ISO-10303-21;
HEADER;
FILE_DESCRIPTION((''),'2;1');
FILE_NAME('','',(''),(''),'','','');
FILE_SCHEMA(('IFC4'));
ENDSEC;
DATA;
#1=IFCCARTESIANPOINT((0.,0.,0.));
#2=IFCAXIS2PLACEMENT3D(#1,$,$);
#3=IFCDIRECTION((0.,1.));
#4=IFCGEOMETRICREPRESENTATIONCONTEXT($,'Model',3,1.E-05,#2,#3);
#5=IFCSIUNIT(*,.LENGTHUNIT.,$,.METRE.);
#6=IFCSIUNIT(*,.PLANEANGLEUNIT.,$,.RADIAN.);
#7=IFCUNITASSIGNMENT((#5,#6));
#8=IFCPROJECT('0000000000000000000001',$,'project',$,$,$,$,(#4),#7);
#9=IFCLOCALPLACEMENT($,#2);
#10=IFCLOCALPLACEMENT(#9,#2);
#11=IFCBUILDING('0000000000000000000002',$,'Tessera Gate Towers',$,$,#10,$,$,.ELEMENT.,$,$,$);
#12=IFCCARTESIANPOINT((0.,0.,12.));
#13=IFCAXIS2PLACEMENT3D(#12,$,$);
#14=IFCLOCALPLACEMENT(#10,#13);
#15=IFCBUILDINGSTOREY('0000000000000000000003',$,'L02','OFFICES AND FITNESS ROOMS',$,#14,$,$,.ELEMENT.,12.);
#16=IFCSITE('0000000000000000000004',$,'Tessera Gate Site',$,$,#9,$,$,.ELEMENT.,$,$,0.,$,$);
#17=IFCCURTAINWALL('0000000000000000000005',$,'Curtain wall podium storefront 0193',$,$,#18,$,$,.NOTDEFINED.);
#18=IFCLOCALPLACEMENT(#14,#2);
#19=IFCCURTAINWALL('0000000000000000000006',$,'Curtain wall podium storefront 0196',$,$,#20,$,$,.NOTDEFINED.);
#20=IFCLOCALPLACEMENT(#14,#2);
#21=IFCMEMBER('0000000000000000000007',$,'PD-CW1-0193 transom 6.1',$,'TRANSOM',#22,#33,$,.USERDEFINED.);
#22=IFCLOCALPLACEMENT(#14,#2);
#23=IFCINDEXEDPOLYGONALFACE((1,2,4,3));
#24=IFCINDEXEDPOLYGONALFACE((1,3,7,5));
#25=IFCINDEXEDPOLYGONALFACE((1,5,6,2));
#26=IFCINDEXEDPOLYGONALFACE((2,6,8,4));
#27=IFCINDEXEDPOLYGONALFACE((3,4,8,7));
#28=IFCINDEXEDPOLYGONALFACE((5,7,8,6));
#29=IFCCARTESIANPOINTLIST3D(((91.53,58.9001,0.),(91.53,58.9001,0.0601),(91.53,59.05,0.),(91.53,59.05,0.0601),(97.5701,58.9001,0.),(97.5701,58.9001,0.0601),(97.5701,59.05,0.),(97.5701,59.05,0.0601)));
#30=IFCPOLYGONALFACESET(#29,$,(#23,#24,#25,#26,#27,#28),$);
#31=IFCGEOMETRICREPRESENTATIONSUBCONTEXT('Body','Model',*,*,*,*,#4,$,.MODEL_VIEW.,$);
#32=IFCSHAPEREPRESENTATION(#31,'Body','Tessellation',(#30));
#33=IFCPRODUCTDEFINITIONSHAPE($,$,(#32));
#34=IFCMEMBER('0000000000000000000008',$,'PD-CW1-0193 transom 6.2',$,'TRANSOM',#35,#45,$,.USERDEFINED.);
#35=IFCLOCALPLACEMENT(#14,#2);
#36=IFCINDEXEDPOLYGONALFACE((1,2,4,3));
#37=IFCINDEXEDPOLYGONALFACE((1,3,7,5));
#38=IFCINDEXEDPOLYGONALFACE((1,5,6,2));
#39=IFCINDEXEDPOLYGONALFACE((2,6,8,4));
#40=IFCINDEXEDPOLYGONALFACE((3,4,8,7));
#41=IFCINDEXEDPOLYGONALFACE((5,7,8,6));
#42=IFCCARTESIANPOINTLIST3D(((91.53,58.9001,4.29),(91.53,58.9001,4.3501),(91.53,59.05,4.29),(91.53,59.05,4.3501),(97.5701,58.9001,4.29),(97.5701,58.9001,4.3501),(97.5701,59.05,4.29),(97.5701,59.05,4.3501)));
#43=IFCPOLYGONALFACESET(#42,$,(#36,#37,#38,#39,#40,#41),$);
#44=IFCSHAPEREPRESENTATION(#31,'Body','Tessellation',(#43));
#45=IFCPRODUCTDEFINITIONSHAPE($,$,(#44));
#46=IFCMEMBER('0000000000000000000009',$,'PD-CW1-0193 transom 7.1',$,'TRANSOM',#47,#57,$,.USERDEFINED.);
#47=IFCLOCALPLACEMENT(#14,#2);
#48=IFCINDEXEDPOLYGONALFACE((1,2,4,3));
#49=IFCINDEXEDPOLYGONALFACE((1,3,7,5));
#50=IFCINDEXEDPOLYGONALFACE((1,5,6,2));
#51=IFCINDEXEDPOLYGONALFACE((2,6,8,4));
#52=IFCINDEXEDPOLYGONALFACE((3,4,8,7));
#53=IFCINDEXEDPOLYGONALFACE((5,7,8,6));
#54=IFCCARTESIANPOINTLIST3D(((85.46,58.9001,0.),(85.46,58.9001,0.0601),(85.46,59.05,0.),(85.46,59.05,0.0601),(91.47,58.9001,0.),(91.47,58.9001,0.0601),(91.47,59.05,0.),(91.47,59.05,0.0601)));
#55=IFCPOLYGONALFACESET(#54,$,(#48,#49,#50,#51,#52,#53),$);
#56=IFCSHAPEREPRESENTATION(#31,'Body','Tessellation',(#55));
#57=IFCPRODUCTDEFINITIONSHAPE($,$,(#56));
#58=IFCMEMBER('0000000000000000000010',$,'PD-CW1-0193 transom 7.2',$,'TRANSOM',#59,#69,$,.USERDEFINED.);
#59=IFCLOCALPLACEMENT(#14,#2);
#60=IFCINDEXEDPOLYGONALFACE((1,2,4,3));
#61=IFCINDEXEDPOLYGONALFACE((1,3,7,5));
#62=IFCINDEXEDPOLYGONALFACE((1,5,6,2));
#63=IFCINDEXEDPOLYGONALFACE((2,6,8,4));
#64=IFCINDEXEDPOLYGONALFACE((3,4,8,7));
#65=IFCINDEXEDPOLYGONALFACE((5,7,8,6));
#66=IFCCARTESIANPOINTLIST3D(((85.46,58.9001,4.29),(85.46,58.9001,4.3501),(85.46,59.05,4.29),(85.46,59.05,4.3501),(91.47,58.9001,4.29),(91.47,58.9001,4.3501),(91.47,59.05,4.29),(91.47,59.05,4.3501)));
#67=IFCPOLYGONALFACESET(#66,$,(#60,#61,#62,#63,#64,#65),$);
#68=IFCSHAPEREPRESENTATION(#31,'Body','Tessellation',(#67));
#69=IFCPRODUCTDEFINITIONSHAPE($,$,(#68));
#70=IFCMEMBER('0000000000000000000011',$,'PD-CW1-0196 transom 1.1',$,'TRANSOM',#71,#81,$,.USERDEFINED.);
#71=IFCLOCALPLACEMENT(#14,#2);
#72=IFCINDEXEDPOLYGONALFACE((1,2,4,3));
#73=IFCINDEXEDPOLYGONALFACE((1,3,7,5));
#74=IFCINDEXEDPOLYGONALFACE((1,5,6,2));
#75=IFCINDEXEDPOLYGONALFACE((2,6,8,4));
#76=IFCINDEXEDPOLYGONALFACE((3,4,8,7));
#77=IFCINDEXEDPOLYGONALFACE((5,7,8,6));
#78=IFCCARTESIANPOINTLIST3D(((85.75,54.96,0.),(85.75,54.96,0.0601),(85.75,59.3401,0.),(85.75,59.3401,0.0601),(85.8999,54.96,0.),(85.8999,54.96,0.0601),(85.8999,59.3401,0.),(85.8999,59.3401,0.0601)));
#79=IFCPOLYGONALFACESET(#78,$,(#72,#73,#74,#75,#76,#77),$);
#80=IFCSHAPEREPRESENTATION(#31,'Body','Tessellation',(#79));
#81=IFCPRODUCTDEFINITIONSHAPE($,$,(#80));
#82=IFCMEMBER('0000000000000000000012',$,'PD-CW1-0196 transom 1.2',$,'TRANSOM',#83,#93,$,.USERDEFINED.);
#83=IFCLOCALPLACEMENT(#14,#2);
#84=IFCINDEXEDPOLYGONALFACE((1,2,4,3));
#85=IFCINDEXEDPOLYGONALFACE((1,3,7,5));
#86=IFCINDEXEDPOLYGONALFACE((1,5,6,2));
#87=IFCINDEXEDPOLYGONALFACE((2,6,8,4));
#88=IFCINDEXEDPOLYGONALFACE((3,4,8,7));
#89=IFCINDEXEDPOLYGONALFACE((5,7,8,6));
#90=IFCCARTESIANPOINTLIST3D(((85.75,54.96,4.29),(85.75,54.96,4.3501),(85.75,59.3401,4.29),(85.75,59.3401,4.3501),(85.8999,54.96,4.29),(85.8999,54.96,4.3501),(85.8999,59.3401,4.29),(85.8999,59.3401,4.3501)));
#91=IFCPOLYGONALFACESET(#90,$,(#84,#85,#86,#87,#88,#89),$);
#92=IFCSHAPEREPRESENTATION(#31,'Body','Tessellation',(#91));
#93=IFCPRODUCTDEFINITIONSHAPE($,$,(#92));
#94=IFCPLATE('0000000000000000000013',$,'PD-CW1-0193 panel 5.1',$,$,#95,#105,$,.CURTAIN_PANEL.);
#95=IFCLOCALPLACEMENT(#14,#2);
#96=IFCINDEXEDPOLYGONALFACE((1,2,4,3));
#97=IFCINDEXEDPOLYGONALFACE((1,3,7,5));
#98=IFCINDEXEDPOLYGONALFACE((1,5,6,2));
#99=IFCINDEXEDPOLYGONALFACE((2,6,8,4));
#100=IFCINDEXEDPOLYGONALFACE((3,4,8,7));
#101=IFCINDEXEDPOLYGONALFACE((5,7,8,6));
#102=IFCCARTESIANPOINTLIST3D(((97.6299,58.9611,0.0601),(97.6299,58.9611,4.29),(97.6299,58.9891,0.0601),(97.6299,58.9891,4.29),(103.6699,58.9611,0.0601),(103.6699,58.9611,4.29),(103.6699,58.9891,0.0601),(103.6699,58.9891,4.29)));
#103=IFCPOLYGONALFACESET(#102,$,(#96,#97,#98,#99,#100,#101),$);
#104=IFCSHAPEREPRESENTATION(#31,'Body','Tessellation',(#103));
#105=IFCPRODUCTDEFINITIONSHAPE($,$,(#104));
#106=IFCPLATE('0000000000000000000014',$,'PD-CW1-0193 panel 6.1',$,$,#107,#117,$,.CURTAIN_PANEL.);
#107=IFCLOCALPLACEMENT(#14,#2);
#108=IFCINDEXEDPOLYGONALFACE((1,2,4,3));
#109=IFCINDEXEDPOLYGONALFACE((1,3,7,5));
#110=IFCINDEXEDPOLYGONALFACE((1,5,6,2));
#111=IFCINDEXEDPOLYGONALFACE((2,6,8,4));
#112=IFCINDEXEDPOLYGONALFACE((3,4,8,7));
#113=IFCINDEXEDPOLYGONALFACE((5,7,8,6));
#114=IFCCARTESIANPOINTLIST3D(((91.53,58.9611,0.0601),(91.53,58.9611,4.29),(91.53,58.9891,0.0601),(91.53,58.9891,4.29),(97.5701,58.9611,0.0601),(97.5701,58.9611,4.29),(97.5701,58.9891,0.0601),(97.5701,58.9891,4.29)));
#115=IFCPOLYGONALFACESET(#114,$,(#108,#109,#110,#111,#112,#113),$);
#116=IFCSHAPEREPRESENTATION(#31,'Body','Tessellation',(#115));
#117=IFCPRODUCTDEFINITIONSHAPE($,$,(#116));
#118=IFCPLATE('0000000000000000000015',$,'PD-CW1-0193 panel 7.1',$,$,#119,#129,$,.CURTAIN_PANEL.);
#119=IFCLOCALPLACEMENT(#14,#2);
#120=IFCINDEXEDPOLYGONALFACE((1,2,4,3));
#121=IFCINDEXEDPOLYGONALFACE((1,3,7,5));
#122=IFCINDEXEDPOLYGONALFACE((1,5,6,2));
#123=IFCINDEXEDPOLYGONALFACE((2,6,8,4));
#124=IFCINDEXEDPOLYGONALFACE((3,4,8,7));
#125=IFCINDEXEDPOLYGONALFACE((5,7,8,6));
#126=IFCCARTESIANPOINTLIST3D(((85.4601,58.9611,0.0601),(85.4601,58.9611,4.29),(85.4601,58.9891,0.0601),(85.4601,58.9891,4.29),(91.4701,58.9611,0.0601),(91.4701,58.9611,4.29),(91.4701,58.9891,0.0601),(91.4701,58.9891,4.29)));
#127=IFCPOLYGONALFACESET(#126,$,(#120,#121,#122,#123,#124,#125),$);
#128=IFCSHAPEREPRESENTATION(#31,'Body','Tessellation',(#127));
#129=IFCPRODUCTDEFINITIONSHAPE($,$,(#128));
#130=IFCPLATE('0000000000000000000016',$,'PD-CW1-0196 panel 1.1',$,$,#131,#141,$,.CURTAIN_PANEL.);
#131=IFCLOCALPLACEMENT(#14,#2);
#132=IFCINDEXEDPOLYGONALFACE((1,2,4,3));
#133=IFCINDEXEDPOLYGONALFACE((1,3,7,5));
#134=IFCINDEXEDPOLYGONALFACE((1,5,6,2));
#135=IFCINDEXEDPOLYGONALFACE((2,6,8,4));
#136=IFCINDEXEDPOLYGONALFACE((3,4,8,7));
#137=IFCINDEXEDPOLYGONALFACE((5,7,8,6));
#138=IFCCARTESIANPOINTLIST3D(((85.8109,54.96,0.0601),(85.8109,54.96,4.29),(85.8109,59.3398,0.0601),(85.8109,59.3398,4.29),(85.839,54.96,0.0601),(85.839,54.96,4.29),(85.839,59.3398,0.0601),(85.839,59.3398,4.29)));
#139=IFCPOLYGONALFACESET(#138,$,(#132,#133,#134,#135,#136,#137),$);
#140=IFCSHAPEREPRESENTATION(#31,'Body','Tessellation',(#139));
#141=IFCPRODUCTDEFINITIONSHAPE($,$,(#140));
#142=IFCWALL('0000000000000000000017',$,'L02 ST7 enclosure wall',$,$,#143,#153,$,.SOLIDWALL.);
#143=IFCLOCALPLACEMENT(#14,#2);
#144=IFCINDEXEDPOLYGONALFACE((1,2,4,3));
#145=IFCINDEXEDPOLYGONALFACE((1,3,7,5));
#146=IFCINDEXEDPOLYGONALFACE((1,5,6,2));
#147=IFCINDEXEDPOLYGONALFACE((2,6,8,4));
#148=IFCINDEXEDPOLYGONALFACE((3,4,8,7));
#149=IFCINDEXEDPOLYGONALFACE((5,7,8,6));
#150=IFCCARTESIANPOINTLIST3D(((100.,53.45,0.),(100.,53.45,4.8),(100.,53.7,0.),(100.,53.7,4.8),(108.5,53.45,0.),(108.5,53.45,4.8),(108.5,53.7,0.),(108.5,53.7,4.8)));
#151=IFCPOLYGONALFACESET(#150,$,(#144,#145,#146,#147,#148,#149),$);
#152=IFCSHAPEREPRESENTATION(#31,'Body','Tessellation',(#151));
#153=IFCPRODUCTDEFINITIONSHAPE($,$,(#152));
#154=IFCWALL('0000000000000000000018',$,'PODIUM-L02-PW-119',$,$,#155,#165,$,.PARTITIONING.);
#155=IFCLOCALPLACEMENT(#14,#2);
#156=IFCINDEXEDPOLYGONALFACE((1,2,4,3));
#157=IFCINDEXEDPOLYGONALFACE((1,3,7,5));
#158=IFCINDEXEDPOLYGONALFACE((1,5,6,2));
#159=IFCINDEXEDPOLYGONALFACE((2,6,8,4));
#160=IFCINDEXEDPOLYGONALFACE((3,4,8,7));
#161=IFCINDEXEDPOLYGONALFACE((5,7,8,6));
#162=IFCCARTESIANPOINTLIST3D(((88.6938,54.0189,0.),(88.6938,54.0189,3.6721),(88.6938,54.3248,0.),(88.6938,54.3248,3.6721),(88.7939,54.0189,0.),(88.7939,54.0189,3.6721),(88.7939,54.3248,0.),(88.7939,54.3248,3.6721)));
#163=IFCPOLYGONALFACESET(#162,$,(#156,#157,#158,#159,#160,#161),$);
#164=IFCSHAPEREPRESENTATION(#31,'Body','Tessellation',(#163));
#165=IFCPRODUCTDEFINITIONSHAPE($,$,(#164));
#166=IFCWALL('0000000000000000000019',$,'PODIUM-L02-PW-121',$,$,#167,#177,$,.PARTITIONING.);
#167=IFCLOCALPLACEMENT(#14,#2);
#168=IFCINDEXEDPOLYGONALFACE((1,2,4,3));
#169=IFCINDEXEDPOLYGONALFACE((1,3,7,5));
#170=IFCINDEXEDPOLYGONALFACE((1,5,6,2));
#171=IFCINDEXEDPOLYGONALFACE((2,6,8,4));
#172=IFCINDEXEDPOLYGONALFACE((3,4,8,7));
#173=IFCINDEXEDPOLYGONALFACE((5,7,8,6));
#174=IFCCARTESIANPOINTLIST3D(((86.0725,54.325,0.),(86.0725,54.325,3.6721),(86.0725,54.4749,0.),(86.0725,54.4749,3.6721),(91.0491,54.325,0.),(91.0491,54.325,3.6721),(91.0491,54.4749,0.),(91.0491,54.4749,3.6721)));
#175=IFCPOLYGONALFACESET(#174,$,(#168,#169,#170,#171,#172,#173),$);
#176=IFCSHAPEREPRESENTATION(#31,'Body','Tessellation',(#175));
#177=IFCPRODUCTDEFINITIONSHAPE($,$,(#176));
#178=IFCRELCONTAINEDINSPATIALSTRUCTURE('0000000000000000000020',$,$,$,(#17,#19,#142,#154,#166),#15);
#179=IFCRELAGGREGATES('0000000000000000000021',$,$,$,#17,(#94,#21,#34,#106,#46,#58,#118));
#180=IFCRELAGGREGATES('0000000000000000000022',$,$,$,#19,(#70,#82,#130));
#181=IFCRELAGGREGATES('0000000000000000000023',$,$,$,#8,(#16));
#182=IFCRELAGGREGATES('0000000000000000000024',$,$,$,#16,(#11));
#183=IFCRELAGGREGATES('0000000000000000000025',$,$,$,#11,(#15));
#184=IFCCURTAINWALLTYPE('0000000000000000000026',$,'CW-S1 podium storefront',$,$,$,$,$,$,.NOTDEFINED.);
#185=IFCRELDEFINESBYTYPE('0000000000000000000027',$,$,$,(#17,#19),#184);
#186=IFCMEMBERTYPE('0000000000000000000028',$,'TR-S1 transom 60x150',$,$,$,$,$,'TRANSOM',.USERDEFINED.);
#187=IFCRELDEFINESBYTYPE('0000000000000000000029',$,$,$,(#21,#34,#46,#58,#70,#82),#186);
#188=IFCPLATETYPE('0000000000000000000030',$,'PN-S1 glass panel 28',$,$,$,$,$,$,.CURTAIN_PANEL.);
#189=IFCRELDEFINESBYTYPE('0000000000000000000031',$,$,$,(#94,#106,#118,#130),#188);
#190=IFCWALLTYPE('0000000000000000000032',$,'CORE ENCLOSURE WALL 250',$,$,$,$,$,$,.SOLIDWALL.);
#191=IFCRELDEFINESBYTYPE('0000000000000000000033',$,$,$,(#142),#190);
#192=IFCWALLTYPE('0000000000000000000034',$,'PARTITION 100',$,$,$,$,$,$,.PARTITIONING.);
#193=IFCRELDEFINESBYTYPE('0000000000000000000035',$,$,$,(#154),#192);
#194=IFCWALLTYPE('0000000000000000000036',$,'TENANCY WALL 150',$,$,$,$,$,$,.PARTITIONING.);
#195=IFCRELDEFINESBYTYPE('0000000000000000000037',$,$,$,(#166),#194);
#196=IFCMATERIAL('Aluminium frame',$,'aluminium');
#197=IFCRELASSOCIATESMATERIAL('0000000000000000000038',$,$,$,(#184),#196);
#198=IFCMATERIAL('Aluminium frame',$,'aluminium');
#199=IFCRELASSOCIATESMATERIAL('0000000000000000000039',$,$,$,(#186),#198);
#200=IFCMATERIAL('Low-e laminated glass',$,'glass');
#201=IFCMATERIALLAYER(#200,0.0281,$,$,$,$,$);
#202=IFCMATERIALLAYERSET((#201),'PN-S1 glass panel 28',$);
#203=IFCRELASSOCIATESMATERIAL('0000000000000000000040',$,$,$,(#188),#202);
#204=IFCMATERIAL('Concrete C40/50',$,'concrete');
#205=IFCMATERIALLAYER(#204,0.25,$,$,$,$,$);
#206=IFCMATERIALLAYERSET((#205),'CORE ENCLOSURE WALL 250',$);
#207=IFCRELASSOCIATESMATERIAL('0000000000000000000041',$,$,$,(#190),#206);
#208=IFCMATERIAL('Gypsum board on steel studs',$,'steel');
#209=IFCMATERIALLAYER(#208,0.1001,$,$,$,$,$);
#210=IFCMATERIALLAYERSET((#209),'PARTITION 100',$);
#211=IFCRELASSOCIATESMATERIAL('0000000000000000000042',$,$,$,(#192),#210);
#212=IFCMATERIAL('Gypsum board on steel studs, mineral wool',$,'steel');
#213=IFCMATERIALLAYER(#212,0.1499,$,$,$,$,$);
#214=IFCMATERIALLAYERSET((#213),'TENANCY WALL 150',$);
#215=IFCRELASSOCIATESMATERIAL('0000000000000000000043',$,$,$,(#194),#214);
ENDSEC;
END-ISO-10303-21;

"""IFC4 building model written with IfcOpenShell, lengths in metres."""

from ifc_helpers import new_model, si_unit, direction, frame, frame_2d, origin, origin_2d, place, context, subcontext, project, spatial, rectangle, extrude, material, layer, layer_set, material_profile, profile_set, type_object, element, aggregate, save


model = new_model("IFC4")

# Units and contexts
model_context = context("Model", 3, precision=1e-05, world=origin(), true_north=direction((0.0, 1.0)))
body_context = subcontext(model_context, "Body", "Model", "MODEL_VIEW")
ifc_project = project(units=[si_unit("LENGTHUNIT", "METRE"), si_unit("PLANEANGLEUNIT", "RADIAN")], contexts=[model_context])

# Site, building, storey
site_placement = place(None, origin())
site = spatial("IfcSite", under=ifc_project, at=site_placement, Name="Tessera Gate Site", CompositionType="ELEMENT", RefElevation=0.0)
building_placement = place(site_placement, origin())
building = spatial("IfcBuilding", under=site, at=building_placement, Name="Tessera Gate Towers", CompositionType="ELEMENT")
storey_placement = place(building_placement, frame((0.0, 0.0, 12.0)))
storey = spatial("IfcBuildingStorey", under=building, at=storey_placement, Name="L02", Description="OFFICES AND FITNESS ROOMS", CompositionType="ELEMENT", Elevation=12.0)

# Curtain walls
ifc_material_1 = material(Name="Aluminium frame", Category="aluminium")
curtain_wall_type = type_object("IfcCurtainWallType", Name="CW-S1 podium storefront", PredefinedType="NOTDEFINED", material=ifc_material_1)
curtain_wall_1_placement = place(storey_placement, origin())
curtain_wall_1 = element("IfcCurtainWall", 1, at=curtain_wall_1_placement, inside=storey, type_object=curtain_wall_type, Name="Curtain wall podium storefront 0193", PredefinedType="NOTDEFINED")
curtain_wall_2_placement = place(storey_placement, origin())
curtain_wall_2 = element("IfcCurtainWall", 2, at=curtain_wall_2_placement, inside=storey, type_object=curtain_wall_type, Name="Curtain wall podium storefront 0196", PredefinedType="NOTDEFINED")

# Members
ifc_material_2 = material(Name="Aluminium frame", Category="aluminium")
ifc_material_profile_1 = material_profile(ifc_material_2, rectangle(XDim=0.1499, YDim=0.0601, at=origin_2d()), Name="AL 60x150")
ifc_profile_set_1 = profile_set([ifc_material_profile_1], Name="Aluminium frame")
member_type_1 = type_object("IfcMemberType", Name="TR-S1 transom 60x150", ElementType="TRANSOM", PredefinedType="USERDEFINED", material=ifc_profile_set_1)
member_1_placement = place(storey_placement, frame((97.5701, 58.9751, 0.03), z_axis=(-1.0, 0.0, 0.0), x_axis=(0.0, -1.0, 0.0)))
member_1 = element("IfcMember", 3, at=member_1_placement, type_object=member_type_1, Name="PD-CW1-0193 transom 6.1", ObjectType="TRANSOM", PredefinedType="USERDEFINED", context=body_context, shape_type="SweptSolid", body=[
    extrude(rectangle(XDim=0.1499, YDim=0.0601, at=origin_2d()), origin(), (0.0, 0.0, 1.0), 6.04),
])
member_2_placement = place(storey_placement, frame((97.5701, 58.9751, 4.3201), z_axis=(-1.0, 0.0, 0.0), x_axis=(0.0, -1.0, 0.0)))
member_2 = element("IfcMember", 4, at=member_2_placement, type_object=member_type_1, Name="PD-CW1-0193 transom 6.2", ObjectType="TRANSOM", PredefinedType="USERDEFINED", context=body_context, shape_type="SweptSolid", body=[
    extrude(rectangle(XDim=0.1499, YDim=0.0601, at=origin_2d()), origin(), (0.0, 0.0, 1.0), 6.04),
])
member_3_placement = place(storey_placement, frame((91.47, 58.9751, 0.03), z_axis=(-1.0, 0.0, 0.0), x_axis=(0.0, -1.0, 0.0)))
member_3 = element("IfcMember", 5, at=member_3_placement, type_object=member_type_1, Name="PD-CW1-0193 transom 7.1", ObjectType="TRANSOM", PredefinedType="USERDEFINED", context=body_context, shape_type="SweptSolid", body=[
    extrude(rectangle(XDim=0.1499, YDim=0.0601, at=origin_2d()), origin(), (0.0, 0.0, 1.0), 6.01),
])
member_4_placement = place(storey_placement, frame((91.47, 58.9751, 4.3201), z_axis=(-1.0, 0.0, 0.0), x_axis=(0.0, -1.0, 0.0)))
member_4 = element("IfcMember", 6, at=member_4_placement, type_object=member_type_1, Name="PD-CW1-0193 transom 7.2", ObjectType="TRANSOM", PredefinedType="USERDEFINED", context=body_context, shape_type="SweptSolid", body=[
    extrude(rectangle(XDim=0.1499, YDim=0.0601, at=origin_2d()), origin(), (0.0, 0.0, 1.0), 6.01),
])
member_5_placement = place(storey_placement, frame((85.825, 59.3401, 0.03), z_axis=(0.0, -1.0, 0.0), x_axis=(1.0, 0.0, 0.0)))
member_5 = element("IfcMember", 7, at=member_5_placement, type_object=member_type_1, Name="PD-CW1-0196 transom 1.1", ObjectType="TRANSOM", PredefinedType="USERDEFINED", context=body_context, shape_type="SweptSolid", body=[
    extrude(rectangle(XDim=0.1499, YDim=0.0601, at=origin_2d()), origin(), (0.0, 0.0, 1.0), 4.3801),
])
member_6_placement = place(storey_placement, frame((85.825, 59.3401, 4.3201), z_axis=(0.0, -1.0, 0.0), x_axis=(1.0, 0.0, 0.0)))
member_6 = element("IfcMember", 8, at=member_6_placement, type_object=member_type_1, Name="PD-CW1-0196 transom 1.2", ObjectType="TRANSOM", PredefinedType="USERDEFINED", context=body_context, shape_type="SweptSolid", body=[
    extrude(rectangle(XDim=0.1499, YDim=0.0601, at=origin_2d()), origin(), (0.0, 0.0, 1.0), 4.3801),
])

# Plates
ifc_material_3 = material(Name="Low-e laminated glass", Category="glass")
ifc_layer_1 = layer(ifc_material_3, 0.0281)
ifc_layer_set_1 = layer_set([ifc_layer_1], Name="PN-S1 glass panel 28")
plate_type = type_object("IfcPlateType", Name="PN-S1 glass panel 28", PredefinedType="CURTAIN_PANEL", material=ifc_layer_set_1)
plate_1_placement = place(storey_placement, frame((100.6499, 58.9751, 0.0601), z_axis=(0.0, 0.0, 1.0), x_axis=(-1.0, 0.0, 0.0)))
plate_1 = element("IfcPlate", 9, at=plate_1_placement, type_object=plate_type, Name="PD-CW1-0193 panel 5.1", PredefinedType="CURTAIN_PANEL", context=body_context, shape_type="SweptSolid", body=[
    extrude(rectangle(XDim=6.04, YDim=0.0281, at=origin_2d()), origin(), (0.0, 0.0, 1.0), 4.23),
])
plate_2_placement = place(storey_placement, frame((94.55, 58.9751, 0.0601), z_axis=(0.0, 0.0, 1.0), x_axis=(-1.0, 0.0, 0.0)))
plate_2 = element("IfcPlate", 10, at=plate_2_placement, type_object=plate_type, Name="PD-CW1-0193 panel 6.1", PredefinedType="CURTAIN_PANEL", context=body_context, shape_type="SweptSolid", body=[
    extrude(rectangle(XDim=6.04, YDim=0.0281, at=origin_2d()), origin(), (0.0, 0.0, 1.0), 4.23),
])
plate_3_placement = place(storey_placement, frame((88.4651, 58.9751, 0.0601), z_axis=(0.0, 0.0, 1.0), x_axis=(-1.0, 0.0, 0.0)))
plate_3 = element("IfcPlate", 11, at=plate_3_placement, type_object=plate_type, Name="PD-CW1-0193 panel 7.1", PredefinedType="CURTAIN_PANEL", context=body_context, shape_type="SweptSolid", body=[
    extrude(rectangle(XDim=6.01, YDim=0.0281, at=origin_2d()), origin(), (0.0, 0.0, 1.0), 4.23),
])
aggregate(curtain_wall_1, [plate_1, member_1, member_2, plate_2, member_3, member_4, plate_3])
plate_4_placement = place(storey_placement, frame((85.825, 57.1499, 0.0601), z_axis=(0.0, 0.0, 1.0), x_axis=(0.0, -1.0, 0.0)))
plate_4 = element("IfcPlate", 12, at=plate_4_placement, type_object=plate_type, Name="PD-CW1-0196 panel 1.1", PredefinedType="CURTAIN_PANEL", context=body_context, shape_type="SweptSolid", body=[
    extrude(rectangle(XDim=4.3799, YDim=0.0281, at=origin_2d()), origin(), (0.0, 0.0, 1.0), 4.23),
])
aggregate(curtain_wall_2, [member_5, member_6, plate_4])

# Walls
ifc_material_4 = material(Name="Concrete C40/50", Category="concrete")
ifc_layer_2 = layer(ifc_material_4, 0.25)
ifc_layer_set_2 = layer_set([ifc_layer_2], Name="CORE ENCLOSURE WALL 250")
wall_type_1 = type_object("IfcWallType", Name="CORE ENCLOSURE WALL 250", PredefinedType="SOLIDWALL", material=ifc_layer_set_2)
wall_1_placement = place(storey_placement, frame((100.0, 53.575, 0.0), z_axis=(0.0, 0.0, 1.0), x_axis=(1.0, 0.0, 0.0)))
element("IfcWall", 13, at=wall_1_placement, inside=storey, type_object=wall_type_1, Name="L02 ST7 enclosure wall", PredefinedType="SOLIDWALL", context=body_context, shape_type="SweptSolid", body=[
    extrude(rectangle(XDim=8.5, YDim=0.25, at=frame_2d((4.25, 0.0))), origin(), (0.0, 0.0, 1.0), 4.8),
])
ifc_material_5 = material(Name="Gypsum board on steel studs", Category="steel")
ifc_layer_3 = layer(ifc_material_5, 0.1001)
ifc_layer_set_3 = layer_set([ifc_layer_3], Name="PARTITION 100")
wall_type_2 = type_object("IfcWallType", Name="PARTITION 100", PredefinedType="PARTITIONING", material=ifc_layer_set_3)
wall_2_placement = place(storey_placement, frame((88.7439, 54.019, 0.0), z_axis=(0.0, 0.0, 1.0), x_axis=(0.0, 1.0, 0.0)))
element("IfcWall", 14, at=wall_2_placement, inside=storey, type_object=wall_type_2, Name="PODIUM-L02-PW-119", PredefinedType="PARTITIONING", context=body_context, shape_type="SweptSolid", body=[
    extrude(rectangle(XDim=0.3059, YDim=0.1001, at=frame_2d((0.1528, 0.0))), origin(), (0.0, 0.0, 1.0), 3.6721),
])
ifc_material_6 = material(Name="Gypsum board on steel studs, mineral wool", Category="steel")
ifc_layer_4 = layer(ifc_material_6, 0.1499)
ifc_layer_set_4 = layer_set([ifc_layer_4], Name="TENANCY WALL 150")
wall_type_3 = type_object("IfcWallType", Name="TENANCY WALL 150", PredefinedType="PARTITIONING", material=ifc_layer_set_4)
wall_3_placement = place(storey_placement, frame((86.0725, 54.3999, 0.0), z_axis=(0.0, 0.0, 1.0), x_axis=(1.0, 0.0, 0.0)))
element("IfcWall", 15, at=wall_3_placement, inside=storey, type_object=wall_type_3, Name="PODIUM-L02-PW-121", PredefinedType="PARTITIONING", context=body_context, shape_type="SweptSolid", body=[
    extrude(rectangle(XDim=4.9766, YDim=0.1499, at=frame_2d((2.4883, 0.0))), origin(), (0.0, 0.0, 1.0), 3.6721),
])

save(model, "model.ifc")
